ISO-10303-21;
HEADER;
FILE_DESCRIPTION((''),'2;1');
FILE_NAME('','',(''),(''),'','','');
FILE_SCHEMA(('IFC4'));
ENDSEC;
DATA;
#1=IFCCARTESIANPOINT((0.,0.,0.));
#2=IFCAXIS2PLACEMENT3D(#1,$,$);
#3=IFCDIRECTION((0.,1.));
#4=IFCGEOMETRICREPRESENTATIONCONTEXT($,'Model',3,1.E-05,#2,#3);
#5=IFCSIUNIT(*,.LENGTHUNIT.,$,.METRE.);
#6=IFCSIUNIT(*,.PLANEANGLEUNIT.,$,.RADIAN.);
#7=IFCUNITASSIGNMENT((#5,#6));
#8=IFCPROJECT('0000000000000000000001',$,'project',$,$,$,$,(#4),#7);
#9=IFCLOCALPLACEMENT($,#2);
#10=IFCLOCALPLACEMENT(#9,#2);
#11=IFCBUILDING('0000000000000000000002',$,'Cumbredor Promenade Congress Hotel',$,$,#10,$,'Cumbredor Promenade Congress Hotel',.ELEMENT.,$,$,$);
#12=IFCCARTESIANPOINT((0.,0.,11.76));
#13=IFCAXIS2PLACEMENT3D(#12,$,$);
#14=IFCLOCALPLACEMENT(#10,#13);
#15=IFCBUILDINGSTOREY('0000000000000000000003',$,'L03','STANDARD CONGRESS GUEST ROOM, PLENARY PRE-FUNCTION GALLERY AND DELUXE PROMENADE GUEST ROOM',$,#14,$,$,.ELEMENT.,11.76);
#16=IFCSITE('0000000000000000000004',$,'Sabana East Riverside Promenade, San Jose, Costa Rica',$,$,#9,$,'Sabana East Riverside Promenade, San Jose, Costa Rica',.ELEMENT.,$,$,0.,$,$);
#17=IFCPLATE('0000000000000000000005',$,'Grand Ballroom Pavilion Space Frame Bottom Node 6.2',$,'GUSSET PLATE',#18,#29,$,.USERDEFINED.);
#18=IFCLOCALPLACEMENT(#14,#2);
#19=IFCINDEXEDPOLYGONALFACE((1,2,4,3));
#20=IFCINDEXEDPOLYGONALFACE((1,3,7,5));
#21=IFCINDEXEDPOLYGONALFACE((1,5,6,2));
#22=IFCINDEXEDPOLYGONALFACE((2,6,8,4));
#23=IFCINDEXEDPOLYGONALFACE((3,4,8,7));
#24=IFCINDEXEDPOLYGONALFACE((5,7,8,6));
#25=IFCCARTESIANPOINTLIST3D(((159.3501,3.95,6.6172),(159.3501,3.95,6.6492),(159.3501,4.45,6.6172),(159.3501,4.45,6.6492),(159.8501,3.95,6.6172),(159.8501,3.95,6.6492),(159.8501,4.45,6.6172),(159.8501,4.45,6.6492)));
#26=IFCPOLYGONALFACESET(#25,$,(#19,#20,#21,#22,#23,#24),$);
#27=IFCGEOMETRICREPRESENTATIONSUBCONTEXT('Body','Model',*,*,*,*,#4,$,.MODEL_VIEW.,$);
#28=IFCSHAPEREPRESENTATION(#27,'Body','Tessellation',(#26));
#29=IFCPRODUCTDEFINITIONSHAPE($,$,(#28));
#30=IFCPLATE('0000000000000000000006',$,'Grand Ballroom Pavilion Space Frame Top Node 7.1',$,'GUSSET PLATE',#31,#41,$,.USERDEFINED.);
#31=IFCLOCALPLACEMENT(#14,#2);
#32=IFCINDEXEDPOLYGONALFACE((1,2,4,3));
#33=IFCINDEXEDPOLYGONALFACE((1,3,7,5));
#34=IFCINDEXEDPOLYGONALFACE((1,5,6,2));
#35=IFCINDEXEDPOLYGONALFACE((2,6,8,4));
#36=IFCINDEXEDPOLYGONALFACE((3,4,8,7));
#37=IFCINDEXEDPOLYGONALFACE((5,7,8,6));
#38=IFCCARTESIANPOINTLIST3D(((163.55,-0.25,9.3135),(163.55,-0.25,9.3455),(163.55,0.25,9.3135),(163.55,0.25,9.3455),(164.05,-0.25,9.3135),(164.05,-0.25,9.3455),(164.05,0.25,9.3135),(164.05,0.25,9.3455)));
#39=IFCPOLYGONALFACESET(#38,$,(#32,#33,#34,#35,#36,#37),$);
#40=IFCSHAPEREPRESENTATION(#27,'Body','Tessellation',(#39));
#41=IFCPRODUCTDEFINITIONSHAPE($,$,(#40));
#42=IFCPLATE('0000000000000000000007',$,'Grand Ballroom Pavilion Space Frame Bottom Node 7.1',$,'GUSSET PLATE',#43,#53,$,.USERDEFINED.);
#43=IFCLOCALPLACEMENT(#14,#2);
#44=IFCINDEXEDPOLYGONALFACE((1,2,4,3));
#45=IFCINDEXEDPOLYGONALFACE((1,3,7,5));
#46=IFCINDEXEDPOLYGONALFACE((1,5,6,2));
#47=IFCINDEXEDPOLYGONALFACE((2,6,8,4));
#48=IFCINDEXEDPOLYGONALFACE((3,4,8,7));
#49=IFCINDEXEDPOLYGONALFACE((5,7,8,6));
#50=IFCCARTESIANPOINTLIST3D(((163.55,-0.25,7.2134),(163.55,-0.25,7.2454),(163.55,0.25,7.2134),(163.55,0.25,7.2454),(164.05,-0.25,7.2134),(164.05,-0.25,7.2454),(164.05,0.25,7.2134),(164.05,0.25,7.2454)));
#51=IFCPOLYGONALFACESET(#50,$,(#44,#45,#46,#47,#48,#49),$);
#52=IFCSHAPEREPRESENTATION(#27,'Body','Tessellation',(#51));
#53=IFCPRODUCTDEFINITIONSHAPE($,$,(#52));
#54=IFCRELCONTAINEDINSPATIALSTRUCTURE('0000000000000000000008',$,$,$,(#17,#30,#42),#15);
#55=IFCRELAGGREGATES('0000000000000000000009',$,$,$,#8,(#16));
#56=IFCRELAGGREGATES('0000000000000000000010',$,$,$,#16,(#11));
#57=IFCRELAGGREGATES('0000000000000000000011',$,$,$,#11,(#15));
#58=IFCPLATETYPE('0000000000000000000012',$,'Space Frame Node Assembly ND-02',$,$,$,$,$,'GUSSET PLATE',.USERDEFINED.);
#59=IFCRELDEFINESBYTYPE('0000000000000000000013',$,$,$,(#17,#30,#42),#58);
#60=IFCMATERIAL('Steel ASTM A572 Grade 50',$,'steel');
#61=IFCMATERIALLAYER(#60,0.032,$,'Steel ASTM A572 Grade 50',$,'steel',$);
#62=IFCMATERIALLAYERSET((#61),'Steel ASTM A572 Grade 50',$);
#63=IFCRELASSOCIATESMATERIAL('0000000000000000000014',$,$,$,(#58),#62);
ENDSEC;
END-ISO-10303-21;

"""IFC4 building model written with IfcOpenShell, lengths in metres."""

from ifc_helpers import new_model, si_unit, direction, frame, origin, origin_2d, place, context, subcontext, project, spatial, rectangle, extrude, material, layer, layer_set, type_object, element, save


model = new_model("IFC4")

# Units and contexts
model_context = context("Model", 3, precision=1e-05, world=origin(), true_north=direction((0.0, 1.0)))
body_context = subcontext(model_context, "Body", "Model", "MODEL_VIEW")
ifc_project = project(units=[si_unit("LENGTHUNIT", "METRE"), si_unit("PLANEANGLEUNIT", "RADIAN")], contexts=[model_context])

# Site, building, storey
site_placement = place(None, origin())
site = spatial("IfcSite", under=ifc_project, at=site_placement, Name="Sabana East Riverside Promenade, San Jose, Costa Rica", LongName="Sabana East Riverside Promenade, San Jose, Costa Rica", CompositionType="ELEMENT", RefElevation=0.0)
building_placement = place(site_placement, origin())
building = spatial("IfcBuilding", under=site, at=building_placement, Name="Cumbredor Promenade Congress Hotel", LongName="Cumbredor Promenade Congress Hotel", CompositionType="ELEMENT")
storey_placement = place(building_placement, frame((0.0, 0.0, 11.76)))
storey = spatial("IfcBuildingStorey", under=building, at=storey_placement, Name="L03", Description="STANDARD CONGRESS GUEST ROOM, PLENARY PRE-FUNCTION GALLERY AND DELUXE PROMENADE GUEST ROOM", CompositionType="ELEMENT", Elevation=11.76)

# Plates
ifc_material_1 = material(Name="Steel ASTM A572 Grade 50", Category="steel")
ifc_layer_1 = layer(ifc_material_1, 0.032, Name="Steel ASTM A572 Grade 50", Category="steel")
ifc_layer_set_1 = layer_set([ifc_layer_1], Name="Steel ASTM A572 Grade 50")
plate_type_1 = type_object("IfcPlateType", Name="Space Frame Node Assembly ND-02", ElementType="GUSSET PLATE", PredefinedType="USERDEFINED", material=ifc_layer_set_1)
for number, where, z_axis, x_axis, name in (
    (1, (159.6001, 4.2, 6.6172), (0.0, 0.0, 1.0), (1.0, 0.0, 0.0), "Grand Ballroom Pavilion Space Frame Bottom Node 6.2"),
    (2, (163.8, 0.0, 9.3135), (0.0, 0.0, 1.0), (1.0, 0.0, 0.0), "Grand Ballroom Pavilion Space Frame Top Node 7.1"),
    (3, (163.8, 0.0, 7.2134), (0.0, 0.0, 1.0), (1.0, 0.0, 0.0), "Grand Ballroom Pavilion Space Frame Bottom Node 7.1"),
):
    element("IfcPlate", number, at=place(storey_placement, frame(where, z_axis=z_axis, x_axis=x_axis)), inside=storey, type_object=plate_type_1, Name=name, ObjectType="GUSSET PLATE", PredefinedType="USERDEFINED", context=body_context, shape_type="SweptSolid", body=[
        extrude(rectangle(XDim=0.5, YDim=0.5, at=origin_2d()), origin(), (0.0, 0.0, 1.0), 0.032),
    ])

save(model, "model.ifc")
